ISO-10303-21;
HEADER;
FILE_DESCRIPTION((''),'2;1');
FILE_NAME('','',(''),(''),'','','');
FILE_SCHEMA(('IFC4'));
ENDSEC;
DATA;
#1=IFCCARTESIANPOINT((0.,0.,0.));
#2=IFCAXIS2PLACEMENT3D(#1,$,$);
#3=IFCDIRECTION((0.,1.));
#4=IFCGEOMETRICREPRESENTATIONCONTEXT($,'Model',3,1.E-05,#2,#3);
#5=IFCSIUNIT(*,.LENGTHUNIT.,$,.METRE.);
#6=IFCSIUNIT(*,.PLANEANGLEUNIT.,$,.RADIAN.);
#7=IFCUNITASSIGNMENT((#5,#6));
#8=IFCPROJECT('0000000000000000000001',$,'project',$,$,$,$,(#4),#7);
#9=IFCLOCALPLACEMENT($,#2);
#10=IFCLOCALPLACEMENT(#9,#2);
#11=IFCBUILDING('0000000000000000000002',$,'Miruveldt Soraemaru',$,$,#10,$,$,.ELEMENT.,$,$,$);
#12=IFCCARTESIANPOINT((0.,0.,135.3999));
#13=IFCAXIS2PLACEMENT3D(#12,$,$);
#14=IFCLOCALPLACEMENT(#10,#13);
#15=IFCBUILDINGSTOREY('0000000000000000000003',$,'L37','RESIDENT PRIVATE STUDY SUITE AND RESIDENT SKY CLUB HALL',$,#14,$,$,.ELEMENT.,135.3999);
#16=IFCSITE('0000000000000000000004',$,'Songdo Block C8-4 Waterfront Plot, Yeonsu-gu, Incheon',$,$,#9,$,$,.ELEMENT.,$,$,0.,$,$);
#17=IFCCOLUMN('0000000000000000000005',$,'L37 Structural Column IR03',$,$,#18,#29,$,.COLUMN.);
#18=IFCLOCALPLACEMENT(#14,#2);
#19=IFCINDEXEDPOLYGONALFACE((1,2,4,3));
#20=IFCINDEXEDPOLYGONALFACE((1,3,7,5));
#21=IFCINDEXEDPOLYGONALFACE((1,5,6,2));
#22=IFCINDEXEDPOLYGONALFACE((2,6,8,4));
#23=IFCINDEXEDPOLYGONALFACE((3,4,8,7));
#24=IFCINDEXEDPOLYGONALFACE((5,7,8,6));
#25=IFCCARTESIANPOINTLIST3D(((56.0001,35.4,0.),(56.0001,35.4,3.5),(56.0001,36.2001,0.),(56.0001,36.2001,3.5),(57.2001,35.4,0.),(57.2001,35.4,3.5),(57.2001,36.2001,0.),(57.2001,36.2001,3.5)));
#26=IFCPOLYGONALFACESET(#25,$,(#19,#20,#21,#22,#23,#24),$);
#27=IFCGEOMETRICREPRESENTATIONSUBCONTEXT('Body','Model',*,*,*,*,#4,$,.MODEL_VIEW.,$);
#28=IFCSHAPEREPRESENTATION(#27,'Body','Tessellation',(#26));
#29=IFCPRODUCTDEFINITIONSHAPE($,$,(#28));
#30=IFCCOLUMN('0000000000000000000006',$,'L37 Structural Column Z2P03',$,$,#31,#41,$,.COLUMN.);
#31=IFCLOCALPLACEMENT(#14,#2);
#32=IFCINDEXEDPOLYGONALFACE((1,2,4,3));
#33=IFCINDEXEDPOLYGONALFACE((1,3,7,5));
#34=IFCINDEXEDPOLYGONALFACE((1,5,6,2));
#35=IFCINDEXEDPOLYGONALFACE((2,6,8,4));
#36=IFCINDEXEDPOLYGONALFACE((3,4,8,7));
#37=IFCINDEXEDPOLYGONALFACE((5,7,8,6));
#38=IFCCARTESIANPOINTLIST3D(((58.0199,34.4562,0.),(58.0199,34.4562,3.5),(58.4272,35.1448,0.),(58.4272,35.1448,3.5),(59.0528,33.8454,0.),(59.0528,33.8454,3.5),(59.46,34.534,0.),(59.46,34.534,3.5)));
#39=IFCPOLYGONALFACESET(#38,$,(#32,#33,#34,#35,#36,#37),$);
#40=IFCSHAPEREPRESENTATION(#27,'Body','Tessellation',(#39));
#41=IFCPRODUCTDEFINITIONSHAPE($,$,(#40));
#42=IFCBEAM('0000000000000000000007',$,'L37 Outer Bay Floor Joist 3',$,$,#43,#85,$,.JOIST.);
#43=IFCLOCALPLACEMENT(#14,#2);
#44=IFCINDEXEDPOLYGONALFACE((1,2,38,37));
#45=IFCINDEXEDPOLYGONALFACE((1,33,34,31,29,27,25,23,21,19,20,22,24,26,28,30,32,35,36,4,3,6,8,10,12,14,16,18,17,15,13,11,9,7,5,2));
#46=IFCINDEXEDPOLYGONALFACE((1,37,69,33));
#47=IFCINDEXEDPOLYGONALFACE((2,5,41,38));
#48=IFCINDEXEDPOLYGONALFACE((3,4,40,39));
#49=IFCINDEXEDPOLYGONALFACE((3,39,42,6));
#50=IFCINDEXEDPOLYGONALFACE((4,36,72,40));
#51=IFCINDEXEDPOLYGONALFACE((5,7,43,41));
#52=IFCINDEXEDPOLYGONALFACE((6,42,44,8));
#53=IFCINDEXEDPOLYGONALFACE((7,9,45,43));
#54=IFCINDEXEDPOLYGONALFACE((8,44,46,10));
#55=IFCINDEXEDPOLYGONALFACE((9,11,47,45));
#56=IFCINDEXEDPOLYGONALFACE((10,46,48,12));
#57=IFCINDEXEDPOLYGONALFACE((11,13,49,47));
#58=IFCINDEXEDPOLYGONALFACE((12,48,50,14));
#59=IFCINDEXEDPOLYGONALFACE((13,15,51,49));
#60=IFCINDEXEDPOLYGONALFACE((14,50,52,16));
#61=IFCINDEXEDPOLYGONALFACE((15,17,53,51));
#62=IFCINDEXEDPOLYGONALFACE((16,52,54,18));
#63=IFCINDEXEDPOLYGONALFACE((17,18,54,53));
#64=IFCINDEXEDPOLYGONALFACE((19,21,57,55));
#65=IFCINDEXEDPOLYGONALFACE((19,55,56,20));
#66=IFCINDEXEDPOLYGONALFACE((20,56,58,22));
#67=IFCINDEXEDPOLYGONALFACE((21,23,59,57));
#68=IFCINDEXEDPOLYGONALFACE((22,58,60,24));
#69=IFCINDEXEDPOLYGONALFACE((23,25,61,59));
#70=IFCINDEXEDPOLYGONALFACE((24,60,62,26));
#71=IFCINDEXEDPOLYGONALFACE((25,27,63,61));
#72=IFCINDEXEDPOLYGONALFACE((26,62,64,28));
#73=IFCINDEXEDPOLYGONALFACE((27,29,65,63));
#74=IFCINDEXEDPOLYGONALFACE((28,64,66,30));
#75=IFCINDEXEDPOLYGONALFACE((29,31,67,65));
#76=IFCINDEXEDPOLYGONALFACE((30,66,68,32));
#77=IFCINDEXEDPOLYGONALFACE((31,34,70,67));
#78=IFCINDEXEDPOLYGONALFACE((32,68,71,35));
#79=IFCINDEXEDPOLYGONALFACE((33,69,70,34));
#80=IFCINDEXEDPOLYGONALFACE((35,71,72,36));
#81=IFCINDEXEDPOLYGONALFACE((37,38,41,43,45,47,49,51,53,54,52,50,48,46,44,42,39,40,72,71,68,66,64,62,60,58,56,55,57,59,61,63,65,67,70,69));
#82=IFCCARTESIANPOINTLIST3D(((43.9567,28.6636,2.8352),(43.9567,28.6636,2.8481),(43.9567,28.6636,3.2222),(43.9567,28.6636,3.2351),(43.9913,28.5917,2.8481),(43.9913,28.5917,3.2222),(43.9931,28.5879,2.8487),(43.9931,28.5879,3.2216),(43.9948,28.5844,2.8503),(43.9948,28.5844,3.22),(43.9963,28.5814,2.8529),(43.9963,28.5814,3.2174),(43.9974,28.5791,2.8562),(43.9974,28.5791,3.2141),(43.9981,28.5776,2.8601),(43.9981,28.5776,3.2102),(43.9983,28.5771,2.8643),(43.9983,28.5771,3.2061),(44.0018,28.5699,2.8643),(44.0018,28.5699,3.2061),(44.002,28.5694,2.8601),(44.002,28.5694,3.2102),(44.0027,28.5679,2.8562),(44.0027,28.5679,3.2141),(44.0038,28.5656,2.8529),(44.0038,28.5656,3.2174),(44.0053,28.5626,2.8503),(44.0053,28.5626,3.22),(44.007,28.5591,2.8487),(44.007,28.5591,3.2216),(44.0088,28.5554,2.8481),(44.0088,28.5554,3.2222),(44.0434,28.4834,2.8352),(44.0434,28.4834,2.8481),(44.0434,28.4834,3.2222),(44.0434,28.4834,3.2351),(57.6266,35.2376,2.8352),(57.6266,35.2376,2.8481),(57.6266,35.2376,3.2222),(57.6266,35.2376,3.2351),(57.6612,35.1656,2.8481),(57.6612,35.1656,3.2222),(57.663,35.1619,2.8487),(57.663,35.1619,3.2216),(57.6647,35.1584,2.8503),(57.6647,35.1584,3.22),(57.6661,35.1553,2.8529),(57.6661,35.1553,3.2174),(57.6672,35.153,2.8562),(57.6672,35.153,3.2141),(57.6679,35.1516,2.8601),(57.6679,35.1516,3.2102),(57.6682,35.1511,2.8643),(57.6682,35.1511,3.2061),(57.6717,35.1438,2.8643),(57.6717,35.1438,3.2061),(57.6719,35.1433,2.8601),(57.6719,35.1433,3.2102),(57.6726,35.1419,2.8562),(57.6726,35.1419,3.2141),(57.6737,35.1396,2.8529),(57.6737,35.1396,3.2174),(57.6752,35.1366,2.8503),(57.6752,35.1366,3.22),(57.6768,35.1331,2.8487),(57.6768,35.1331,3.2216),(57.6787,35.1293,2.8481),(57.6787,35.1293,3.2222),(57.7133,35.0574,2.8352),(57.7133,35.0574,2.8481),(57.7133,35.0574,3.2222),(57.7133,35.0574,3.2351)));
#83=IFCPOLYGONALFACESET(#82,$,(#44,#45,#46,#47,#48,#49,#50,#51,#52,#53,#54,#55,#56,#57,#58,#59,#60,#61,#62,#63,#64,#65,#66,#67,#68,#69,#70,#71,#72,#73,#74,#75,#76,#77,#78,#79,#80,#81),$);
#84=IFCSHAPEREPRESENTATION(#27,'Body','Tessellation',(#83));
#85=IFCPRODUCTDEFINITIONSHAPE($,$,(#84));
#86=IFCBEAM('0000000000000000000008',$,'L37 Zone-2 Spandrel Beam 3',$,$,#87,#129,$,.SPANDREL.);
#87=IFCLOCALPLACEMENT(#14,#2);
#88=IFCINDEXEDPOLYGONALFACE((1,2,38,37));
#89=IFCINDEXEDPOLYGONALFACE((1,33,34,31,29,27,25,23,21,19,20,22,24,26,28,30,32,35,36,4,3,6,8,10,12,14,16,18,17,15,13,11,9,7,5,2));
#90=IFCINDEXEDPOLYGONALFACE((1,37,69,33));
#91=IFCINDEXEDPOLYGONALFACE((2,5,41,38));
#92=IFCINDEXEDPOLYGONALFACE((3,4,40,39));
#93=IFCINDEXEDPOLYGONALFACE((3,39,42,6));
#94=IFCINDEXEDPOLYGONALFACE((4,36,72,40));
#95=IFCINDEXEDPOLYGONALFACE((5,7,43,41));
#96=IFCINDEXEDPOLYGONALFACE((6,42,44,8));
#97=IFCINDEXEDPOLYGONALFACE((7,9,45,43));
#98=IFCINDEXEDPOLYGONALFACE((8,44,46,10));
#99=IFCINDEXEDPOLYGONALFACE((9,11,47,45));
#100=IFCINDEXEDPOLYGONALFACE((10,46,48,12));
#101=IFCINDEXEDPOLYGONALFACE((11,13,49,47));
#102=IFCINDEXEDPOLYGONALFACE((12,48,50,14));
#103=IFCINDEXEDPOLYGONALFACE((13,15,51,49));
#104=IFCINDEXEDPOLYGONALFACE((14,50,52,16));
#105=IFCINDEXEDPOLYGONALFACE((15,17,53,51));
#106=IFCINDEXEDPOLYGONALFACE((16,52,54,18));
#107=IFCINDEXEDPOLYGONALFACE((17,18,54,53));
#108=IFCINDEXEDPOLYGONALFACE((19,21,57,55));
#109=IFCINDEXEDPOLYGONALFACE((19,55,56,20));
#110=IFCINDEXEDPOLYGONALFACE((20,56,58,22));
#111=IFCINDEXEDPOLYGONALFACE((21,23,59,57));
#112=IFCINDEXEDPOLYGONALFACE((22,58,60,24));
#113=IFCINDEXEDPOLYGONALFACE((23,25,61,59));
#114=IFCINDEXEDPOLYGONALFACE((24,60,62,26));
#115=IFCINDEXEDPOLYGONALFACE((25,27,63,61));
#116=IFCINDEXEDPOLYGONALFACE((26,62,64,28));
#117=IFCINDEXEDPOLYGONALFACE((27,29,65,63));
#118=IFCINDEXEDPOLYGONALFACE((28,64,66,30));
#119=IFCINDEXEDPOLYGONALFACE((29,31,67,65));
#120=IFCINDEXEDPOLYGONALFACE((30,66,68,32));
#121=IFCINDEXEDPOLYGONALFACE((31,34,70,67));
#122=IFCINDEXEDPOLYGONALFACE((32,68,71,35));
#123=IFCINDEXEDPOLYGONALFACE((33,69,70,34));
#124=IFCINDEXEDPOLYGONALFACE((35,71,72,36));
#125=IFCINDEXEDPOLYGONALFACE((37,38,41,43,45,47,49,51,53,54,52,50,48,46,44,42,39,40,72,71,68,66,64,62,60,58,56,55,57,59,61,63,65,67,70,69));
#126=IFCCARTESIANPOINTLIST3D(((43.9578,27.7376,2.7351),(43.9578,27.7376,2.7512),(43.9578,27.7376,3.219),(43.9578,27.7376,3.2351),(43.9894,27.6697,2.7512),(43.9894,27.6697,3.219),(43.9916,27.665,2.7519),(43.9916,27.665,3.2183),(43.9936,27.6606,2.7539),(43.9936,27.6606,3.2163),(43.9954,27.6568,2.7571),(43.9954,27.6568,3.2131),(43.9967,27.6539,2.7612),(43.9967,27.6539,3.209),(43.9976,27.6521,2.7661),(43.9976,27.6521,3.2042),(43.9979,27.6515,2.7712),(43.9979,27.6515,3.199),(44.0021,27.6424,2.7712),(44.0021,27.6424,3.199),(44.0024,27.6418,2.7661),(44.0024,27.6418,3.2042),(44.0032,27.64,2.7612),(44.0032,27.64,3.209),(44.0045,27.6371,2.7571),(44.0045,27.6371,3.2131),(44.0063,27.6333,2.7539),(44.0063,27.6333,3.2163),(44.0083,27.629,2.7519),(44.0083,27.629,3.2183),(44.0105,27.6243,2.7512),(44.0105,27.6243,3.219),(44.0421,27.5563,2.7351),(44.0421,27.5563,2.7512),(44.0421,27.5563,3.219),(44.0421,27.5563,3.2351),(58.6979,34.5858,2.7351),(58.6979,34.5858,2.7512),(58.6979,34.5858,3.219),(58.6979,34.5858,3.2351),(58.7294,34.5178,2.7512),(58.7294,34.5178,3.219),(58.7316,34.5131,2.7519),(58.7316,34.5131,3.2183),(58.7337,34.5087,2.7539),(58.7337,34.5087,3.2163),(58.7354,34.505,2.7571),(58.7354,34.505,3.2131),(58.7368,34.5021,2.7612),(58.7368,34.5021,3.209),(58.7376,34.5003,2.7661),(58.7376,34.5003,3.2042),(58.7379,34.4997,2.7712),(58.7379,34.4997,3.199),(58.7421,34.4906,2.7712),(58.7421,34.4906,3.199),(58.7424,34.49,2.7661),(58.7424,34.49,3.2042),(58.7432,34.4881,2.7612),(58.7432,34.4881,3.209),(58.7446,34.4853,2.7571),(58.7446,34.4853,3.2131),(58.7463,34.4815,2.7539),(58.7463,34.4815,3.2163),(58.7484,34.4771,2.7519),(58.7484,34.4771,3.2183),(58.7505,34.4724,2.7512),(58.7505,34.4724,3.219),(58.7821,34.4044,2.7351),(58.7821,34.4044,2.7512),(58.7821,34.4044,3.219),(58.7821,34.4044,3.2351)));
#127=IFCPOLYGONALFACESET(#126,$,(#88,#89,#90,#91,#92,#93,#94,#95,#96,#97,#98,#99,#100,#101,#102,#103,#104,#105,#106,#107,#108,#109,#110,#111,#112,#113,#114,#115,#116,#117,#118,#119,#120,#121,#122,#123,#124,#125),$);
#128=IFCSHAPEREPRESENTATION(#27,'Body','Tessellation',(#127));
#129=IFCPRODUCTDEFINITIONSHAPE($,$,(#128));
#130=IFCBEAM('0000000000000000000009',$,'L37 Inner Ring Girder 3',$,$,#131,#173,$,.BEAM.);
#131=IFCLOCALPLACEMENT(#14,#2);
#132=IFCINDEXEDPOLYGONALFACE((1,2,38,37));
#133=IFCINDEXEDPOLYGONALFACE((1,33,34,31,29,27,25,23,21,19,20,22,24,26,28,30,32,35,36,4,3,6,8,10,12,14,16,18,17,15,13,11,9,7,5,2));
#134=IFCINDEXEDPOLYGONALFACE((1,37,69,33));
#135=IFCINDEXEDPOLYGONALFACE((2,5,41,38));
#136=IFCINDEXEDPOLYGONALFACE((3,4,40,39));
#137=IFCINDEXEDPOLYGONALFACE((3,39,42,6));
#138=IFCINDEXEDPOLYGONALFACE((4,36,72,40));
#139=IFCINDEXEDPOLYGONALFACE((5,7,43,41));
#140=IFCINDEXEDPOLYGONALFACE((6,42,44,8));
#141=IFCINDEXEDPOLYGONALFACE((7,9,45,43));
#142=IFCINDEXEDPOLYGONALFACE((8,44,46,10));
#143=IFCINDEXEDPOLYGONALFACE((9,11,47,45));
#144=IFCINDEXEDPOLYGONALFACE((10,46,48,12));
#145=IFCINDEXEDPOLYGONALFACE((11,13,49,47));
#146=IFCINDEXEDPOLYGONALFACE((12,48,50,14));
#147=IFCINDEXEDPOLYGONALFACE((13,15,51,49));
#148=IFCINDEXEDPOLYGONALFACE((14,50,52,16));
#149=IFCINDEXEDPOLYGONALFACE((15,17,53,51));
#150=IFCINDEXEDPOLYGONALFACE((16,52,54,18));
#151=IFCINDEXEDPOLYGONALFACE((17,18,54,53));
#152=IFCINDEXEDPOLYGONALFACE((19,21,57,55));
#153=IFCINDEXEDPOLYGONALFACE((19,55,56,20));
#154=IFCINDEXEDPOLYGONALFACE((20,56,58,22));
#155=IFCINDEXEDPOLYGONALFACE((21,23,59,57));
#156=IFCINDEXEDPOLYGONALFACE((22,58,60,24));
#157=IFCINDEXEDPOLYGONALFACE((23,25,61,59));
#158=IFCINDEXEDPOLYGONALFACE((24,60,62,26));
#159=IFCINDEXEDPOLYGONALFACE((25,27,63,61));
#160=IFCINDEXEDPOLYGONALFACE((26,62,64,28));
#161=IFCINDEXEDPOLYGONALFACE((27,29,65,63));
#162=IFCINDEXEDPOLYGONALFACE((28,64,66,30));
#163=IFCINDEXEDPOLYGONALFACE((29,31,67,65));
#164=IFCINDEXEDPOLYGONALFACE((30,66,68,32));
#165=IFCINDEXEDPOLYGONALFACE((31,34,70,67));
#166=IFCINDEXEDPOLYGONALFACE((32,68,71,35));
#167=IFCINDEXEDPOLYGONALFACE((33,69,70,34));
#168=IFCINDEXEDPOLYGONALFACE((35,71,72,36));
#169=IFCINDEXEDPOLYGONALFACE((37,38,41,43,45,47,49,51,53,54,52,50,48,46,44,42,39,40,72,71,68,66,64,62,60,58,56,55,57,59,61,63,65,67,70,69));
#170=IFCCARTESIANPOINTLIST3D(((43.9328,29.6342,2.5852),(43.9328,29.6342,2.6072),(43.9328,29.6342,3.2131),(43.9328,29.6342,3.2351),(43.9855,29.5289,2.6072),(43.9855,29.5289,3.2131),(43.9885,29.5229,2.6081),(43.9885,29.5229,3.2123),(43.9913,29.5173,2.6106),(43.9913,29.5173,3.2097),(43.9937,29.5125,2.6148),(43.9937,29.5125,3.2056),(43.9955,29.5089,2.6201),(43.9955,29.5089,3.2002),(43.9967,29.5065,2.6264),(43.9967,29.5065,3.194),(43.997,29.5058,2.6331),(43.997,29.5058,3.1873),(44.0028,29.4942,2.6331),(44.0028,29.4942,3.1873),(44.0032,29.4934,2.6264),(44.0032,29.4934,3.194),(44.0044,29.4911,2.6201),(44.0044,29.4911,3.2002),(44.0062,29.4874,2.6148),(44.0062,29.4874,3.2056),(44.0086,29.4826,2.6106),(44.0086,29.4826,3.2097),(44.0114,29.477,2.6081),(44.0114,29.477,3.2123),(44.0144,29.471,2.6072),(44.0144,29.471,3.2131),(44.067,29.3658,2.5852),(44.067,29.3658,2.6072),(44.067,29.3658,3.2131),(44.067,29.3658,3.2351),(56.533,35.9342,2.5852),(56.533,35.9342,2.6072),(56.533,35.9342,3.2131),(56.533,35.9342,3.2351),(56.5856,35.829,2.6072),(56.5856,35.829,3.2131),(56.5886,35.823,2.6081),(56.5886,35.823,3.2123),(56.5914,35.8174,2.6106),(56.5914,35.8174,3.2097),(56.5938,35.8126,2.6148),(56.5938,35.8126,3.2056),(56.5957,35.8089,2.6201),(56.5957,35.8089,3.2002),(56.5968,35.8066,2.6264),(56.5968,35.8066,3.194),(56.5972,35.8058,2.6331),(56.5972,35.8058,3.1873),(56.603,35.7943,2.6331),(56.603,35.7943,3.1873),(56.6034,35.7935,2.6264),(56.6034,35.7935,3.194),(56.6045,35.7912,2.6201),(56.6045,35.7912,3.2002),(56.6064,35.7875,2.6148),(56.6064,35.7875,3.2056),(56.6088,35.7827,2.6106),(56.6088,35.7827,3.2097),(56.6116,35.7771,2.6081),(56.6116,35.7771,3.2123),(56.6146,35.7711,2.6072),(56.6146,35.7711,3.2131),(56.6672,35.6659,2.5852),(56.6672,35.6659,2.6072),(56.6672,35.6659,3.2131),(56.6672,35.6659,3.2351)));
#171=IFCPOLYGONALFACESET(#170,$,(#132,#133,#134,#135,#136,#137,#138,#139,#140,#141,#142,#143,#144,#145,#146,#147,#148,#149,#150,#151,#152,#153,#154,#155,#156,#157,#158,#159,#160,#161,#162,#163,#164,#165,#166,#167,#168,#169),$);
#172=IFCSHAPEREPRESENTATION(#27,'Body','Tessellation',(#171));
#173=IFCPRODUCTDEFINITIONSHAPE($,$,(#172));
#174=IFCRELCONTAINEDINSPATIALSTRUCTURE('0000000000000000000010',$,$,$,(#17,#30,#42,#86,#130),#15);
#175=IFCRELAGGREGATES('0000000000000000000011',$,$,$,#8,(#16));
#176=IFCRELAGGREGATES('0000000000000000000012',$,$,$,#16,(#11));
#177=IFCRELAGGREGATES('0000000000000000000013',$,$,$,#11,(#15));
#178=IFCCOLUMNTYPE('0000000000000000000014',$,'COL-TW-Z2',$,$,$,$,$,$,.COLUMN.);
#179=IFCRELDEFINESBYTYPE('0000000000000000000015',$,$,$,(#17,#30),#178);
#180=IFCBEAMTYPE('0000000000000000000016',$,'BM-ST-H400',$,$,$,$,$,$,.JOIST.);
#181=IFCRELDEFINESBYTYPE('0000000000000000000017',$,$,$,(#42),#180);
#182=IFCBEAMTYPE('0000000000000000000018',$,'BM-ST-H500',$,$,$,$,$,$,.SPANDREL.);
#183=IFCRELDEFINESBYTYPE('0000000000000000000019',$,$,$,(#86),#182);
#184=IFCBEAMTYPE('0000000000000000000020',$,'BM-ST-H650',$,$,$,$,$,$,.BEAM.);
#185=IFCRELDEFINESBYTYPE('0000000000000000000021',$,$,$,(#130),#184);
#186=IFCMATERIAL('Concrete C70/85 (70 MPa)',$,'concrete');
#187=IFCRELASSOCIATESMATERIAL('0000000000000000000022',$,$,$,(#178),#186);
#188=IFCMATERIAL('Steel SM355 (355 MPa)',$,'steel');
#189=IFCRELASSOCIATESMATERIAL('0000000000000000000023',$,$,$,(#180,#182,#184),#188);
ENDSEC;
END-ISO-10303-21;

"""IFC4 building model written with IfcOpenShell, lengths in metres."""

from ifc_helpers import new_model, si_unit, direction, frame, origin, origin_2d, place, context, subcontext, project, spatial, rectangle, i_section, extrude, material, material_profile, profile_set, type_object, element, save


model = new_model("IFC4")

# Units and contexts
model_context = context("Model", 3, precision=1e-05, world=origin(), true_north=direction((0.0, 1.0)))
body_context = subcontext(model_context, "Body", "Model", "MODEL_VIEW")
ifc_project = project(units=[si_unit("LENGTHUNIT", "METRE"), si_unit("PLANEANGLEUNIT", "RADIAN")], contexts=[model_context])

# Site, building, storey
site_placement = place(None, origin())
site = spatial("IfcSite", under=ifc_project, at=site_placement, Name="Songdo Block C8-4 Waterfront Plot, Yeonsu-gu, Incheon", CompositionType="ELEMENT", RefElevation=0.0)
building_placement = place(site_placement, origin())
building = spatial("IfcBuilding", under=site, at=building_placement, Name="Miruveldt Soraemaru", CompositionType="ELEMENT")
storey_placement = place(building_placement, frame((0.0, 0.0, 135.3999)))
storey = spatial("IfcBuildingStorey", under=building, at=storey_placement, Name="L37", Description="RESIDENT PRIVATE STUDY SUITE AND RESIDENT SKY CLUB HALL", CompositionType="ELEMENT", Elevation=135.3999)

# Columns
ifc_material_1 = material(Name="Concrete C70/85 (70 MPa)", Category="concrete")
ifc_material_profile_1 = material_profile(ifc_material_1, rectangle(XDim=1.2, YDim=0.8, at=origin_2d()), Name="Concrete C70/85 (70 MPa)", Category="concrete")
ifc_profile_set_1 = profile_set([ifc_material_profile_1], Name="Concrete C70/85 (70 MPa)")
column_type = type_object("IfcColumnType", Name="COL-TW-Z2", PredefinedType="COLUMN", material=ifc_profile_set_1)
for number, where, z_axis, x_axis, name in (
    (1, (56.6001, 35.8, 0.0), (0.0, 0.0, 1.0), (1.0, 0.0, 0.0), "L37 Structural Column IR03"),
    (2, (58.74, 34.4951, 0.0), (0.0, 0.0, 1.0), (-0.860742, 0.509041, 0.0), "L37 Structural Column Z2P03"),
):
    element("IfcColumn", number, at=place(storey_placement, frame(where, z_axis=z_axis, x_axis=x_axis)), inside=storey, type_object=column_type, Name=name, PredefinedType="COLUMN", context=body_context, shape_type="SweptSolid", body=[
        extrude(rectangle(XDim=1.2, YDim=0.8, at=origin_2d()), origin(), (0.0, 0.0, 1.0), 3.5),
    ])

# Beams
ifc_material_2 = material(Name="Steel SM355 (355 MPa)", Category="steel")
ifc_material_profile_2 = material_profile(ifc_material_2, i_section(OverallWidth=0.2, OverallDepth=0.3999, WebThickness=0.0081, FlangeThickness=0.0129, FilletRadius=0.0161, at=origin_2d()), Name="Steel SM355 (355 MPa)", Category="steel")
ifc_profile_set_2 = profile_set([ifc_material_profile_2], Name="Steel SM355 (355 MPa)")
beam_type_1 = type_object("IfcBeamType", Name="BM-ST-H400", PredefinedType="JOIST", material=ifc_profile_set_2)
beam_1_placement = place(storey_placement, frame((57.6699, 35.1475, 3.0352), z_axis=(-0.901204, -0.433396, 0.0), x_axis=(0.433396, -0.901204, 0.0)))
element("IfcBeam", 3, at=beam_1_placement, inside=storey, type_object=beam_type_1, Name="L37 Outer Bay Floor Joist 3", PredefinedType="JOIST", context=body_context, shape_type="SweptSolid", body=[
    extrude(i_section(OverallWidth=0.2, OverallDepth=0.3999, WebThickness=0.0081, FlangeThickness=0.0129, FilletRadius=0.0161, at=origin_2d()), origin(), (0.0, 0.0, 1.0), 15.1685),
])
ifc_material_profile_3 = material_profile(ifc_material_2, i_section(OverallWidth=0.2, OverallDepth=0.5, WebThickness=0.01, FlangeThickness=0.0161, FilletRadius=0.02, at=origin_2d()), Name="Steel SM355 (355 MPa)", Category="steel")
ifc_profile_set_3 = profile_set([ifc_material_profile_3], Name="Steel SM355 (355 MPa)")
beam_type_2 = type_object("IfcBeamType", Name="BM-ST-H500", PredefinedType="SPANDREL", material=ifc_profile_set_3)
beam_2_placement = place(storey_placement, frame((58.74, 34.4951, 2.9851), z_axis=(-0.906901, -0.421343, 0.0), x_axis=(0.421343, -0.906901, 0.0)))
element("IfcBeam", 4, at=beam_2_placement, inside=storey, type_object=beam_type_2, Name="L37 Zone-2 Spandrel Beam 3", PredefinedType="SPANDREL", context=body_context, shape_type="SweptSolid", body=[
    extrude(i_section(OverallWidth=0.2, OverallDepth=0.5, WebThickness=0.01, FlangeThickness=0.0161, FilletRadius=0.02, at=origin_2d()), origin(), (0.0, 0.0, 1.0), 16.2532),
])
ifc_material_profile_4 = material_profile(ifc_material_2, i_section(OverallWidth=0.3, OverallDepth=0.6499, WebThickness=0.0129, FlangeThickness=0.022, FilletRadius=0.0259, at=origin_2d()), Name="Steel SM355 (355 MPa)", Category="steel")
ifc_profile_set_4 = profile_set([ifc_material_profile_4], Name="Steel SM355 (355 MPa)")
beam_type_3 = type_object("IfcBeamType", Name="BM-ST-H650", PredefinedType="BEAM", material=ifc_profile_set_4)
beam_3_placement = place(storey_placement, frame((56.6001, 35.8, 2.9102), z_axis=(-0.894427, -0.447214, 0.0), x_axis=(0.447214, -0.894427, 0.0)))
element("IfcBeam", 5, at=beam_3_placement, inside=storey, type_object=beam_type_3, Name="L37 Inner Ring Girder 3", PredefinedType="BEAM", context=body_context, shape_type="SweptSolid", body=[
    extrude(i_section(OverallWidth=0.3, OverallDepth=0.6499, WebThickness=0.0129, FlangeThickness=0.022, FilletRadius=0.0259, at=origin_2d()), origin(), (0.0, 0.0, 1.0), 14.0874),
])

save(model, "model.ifc")
